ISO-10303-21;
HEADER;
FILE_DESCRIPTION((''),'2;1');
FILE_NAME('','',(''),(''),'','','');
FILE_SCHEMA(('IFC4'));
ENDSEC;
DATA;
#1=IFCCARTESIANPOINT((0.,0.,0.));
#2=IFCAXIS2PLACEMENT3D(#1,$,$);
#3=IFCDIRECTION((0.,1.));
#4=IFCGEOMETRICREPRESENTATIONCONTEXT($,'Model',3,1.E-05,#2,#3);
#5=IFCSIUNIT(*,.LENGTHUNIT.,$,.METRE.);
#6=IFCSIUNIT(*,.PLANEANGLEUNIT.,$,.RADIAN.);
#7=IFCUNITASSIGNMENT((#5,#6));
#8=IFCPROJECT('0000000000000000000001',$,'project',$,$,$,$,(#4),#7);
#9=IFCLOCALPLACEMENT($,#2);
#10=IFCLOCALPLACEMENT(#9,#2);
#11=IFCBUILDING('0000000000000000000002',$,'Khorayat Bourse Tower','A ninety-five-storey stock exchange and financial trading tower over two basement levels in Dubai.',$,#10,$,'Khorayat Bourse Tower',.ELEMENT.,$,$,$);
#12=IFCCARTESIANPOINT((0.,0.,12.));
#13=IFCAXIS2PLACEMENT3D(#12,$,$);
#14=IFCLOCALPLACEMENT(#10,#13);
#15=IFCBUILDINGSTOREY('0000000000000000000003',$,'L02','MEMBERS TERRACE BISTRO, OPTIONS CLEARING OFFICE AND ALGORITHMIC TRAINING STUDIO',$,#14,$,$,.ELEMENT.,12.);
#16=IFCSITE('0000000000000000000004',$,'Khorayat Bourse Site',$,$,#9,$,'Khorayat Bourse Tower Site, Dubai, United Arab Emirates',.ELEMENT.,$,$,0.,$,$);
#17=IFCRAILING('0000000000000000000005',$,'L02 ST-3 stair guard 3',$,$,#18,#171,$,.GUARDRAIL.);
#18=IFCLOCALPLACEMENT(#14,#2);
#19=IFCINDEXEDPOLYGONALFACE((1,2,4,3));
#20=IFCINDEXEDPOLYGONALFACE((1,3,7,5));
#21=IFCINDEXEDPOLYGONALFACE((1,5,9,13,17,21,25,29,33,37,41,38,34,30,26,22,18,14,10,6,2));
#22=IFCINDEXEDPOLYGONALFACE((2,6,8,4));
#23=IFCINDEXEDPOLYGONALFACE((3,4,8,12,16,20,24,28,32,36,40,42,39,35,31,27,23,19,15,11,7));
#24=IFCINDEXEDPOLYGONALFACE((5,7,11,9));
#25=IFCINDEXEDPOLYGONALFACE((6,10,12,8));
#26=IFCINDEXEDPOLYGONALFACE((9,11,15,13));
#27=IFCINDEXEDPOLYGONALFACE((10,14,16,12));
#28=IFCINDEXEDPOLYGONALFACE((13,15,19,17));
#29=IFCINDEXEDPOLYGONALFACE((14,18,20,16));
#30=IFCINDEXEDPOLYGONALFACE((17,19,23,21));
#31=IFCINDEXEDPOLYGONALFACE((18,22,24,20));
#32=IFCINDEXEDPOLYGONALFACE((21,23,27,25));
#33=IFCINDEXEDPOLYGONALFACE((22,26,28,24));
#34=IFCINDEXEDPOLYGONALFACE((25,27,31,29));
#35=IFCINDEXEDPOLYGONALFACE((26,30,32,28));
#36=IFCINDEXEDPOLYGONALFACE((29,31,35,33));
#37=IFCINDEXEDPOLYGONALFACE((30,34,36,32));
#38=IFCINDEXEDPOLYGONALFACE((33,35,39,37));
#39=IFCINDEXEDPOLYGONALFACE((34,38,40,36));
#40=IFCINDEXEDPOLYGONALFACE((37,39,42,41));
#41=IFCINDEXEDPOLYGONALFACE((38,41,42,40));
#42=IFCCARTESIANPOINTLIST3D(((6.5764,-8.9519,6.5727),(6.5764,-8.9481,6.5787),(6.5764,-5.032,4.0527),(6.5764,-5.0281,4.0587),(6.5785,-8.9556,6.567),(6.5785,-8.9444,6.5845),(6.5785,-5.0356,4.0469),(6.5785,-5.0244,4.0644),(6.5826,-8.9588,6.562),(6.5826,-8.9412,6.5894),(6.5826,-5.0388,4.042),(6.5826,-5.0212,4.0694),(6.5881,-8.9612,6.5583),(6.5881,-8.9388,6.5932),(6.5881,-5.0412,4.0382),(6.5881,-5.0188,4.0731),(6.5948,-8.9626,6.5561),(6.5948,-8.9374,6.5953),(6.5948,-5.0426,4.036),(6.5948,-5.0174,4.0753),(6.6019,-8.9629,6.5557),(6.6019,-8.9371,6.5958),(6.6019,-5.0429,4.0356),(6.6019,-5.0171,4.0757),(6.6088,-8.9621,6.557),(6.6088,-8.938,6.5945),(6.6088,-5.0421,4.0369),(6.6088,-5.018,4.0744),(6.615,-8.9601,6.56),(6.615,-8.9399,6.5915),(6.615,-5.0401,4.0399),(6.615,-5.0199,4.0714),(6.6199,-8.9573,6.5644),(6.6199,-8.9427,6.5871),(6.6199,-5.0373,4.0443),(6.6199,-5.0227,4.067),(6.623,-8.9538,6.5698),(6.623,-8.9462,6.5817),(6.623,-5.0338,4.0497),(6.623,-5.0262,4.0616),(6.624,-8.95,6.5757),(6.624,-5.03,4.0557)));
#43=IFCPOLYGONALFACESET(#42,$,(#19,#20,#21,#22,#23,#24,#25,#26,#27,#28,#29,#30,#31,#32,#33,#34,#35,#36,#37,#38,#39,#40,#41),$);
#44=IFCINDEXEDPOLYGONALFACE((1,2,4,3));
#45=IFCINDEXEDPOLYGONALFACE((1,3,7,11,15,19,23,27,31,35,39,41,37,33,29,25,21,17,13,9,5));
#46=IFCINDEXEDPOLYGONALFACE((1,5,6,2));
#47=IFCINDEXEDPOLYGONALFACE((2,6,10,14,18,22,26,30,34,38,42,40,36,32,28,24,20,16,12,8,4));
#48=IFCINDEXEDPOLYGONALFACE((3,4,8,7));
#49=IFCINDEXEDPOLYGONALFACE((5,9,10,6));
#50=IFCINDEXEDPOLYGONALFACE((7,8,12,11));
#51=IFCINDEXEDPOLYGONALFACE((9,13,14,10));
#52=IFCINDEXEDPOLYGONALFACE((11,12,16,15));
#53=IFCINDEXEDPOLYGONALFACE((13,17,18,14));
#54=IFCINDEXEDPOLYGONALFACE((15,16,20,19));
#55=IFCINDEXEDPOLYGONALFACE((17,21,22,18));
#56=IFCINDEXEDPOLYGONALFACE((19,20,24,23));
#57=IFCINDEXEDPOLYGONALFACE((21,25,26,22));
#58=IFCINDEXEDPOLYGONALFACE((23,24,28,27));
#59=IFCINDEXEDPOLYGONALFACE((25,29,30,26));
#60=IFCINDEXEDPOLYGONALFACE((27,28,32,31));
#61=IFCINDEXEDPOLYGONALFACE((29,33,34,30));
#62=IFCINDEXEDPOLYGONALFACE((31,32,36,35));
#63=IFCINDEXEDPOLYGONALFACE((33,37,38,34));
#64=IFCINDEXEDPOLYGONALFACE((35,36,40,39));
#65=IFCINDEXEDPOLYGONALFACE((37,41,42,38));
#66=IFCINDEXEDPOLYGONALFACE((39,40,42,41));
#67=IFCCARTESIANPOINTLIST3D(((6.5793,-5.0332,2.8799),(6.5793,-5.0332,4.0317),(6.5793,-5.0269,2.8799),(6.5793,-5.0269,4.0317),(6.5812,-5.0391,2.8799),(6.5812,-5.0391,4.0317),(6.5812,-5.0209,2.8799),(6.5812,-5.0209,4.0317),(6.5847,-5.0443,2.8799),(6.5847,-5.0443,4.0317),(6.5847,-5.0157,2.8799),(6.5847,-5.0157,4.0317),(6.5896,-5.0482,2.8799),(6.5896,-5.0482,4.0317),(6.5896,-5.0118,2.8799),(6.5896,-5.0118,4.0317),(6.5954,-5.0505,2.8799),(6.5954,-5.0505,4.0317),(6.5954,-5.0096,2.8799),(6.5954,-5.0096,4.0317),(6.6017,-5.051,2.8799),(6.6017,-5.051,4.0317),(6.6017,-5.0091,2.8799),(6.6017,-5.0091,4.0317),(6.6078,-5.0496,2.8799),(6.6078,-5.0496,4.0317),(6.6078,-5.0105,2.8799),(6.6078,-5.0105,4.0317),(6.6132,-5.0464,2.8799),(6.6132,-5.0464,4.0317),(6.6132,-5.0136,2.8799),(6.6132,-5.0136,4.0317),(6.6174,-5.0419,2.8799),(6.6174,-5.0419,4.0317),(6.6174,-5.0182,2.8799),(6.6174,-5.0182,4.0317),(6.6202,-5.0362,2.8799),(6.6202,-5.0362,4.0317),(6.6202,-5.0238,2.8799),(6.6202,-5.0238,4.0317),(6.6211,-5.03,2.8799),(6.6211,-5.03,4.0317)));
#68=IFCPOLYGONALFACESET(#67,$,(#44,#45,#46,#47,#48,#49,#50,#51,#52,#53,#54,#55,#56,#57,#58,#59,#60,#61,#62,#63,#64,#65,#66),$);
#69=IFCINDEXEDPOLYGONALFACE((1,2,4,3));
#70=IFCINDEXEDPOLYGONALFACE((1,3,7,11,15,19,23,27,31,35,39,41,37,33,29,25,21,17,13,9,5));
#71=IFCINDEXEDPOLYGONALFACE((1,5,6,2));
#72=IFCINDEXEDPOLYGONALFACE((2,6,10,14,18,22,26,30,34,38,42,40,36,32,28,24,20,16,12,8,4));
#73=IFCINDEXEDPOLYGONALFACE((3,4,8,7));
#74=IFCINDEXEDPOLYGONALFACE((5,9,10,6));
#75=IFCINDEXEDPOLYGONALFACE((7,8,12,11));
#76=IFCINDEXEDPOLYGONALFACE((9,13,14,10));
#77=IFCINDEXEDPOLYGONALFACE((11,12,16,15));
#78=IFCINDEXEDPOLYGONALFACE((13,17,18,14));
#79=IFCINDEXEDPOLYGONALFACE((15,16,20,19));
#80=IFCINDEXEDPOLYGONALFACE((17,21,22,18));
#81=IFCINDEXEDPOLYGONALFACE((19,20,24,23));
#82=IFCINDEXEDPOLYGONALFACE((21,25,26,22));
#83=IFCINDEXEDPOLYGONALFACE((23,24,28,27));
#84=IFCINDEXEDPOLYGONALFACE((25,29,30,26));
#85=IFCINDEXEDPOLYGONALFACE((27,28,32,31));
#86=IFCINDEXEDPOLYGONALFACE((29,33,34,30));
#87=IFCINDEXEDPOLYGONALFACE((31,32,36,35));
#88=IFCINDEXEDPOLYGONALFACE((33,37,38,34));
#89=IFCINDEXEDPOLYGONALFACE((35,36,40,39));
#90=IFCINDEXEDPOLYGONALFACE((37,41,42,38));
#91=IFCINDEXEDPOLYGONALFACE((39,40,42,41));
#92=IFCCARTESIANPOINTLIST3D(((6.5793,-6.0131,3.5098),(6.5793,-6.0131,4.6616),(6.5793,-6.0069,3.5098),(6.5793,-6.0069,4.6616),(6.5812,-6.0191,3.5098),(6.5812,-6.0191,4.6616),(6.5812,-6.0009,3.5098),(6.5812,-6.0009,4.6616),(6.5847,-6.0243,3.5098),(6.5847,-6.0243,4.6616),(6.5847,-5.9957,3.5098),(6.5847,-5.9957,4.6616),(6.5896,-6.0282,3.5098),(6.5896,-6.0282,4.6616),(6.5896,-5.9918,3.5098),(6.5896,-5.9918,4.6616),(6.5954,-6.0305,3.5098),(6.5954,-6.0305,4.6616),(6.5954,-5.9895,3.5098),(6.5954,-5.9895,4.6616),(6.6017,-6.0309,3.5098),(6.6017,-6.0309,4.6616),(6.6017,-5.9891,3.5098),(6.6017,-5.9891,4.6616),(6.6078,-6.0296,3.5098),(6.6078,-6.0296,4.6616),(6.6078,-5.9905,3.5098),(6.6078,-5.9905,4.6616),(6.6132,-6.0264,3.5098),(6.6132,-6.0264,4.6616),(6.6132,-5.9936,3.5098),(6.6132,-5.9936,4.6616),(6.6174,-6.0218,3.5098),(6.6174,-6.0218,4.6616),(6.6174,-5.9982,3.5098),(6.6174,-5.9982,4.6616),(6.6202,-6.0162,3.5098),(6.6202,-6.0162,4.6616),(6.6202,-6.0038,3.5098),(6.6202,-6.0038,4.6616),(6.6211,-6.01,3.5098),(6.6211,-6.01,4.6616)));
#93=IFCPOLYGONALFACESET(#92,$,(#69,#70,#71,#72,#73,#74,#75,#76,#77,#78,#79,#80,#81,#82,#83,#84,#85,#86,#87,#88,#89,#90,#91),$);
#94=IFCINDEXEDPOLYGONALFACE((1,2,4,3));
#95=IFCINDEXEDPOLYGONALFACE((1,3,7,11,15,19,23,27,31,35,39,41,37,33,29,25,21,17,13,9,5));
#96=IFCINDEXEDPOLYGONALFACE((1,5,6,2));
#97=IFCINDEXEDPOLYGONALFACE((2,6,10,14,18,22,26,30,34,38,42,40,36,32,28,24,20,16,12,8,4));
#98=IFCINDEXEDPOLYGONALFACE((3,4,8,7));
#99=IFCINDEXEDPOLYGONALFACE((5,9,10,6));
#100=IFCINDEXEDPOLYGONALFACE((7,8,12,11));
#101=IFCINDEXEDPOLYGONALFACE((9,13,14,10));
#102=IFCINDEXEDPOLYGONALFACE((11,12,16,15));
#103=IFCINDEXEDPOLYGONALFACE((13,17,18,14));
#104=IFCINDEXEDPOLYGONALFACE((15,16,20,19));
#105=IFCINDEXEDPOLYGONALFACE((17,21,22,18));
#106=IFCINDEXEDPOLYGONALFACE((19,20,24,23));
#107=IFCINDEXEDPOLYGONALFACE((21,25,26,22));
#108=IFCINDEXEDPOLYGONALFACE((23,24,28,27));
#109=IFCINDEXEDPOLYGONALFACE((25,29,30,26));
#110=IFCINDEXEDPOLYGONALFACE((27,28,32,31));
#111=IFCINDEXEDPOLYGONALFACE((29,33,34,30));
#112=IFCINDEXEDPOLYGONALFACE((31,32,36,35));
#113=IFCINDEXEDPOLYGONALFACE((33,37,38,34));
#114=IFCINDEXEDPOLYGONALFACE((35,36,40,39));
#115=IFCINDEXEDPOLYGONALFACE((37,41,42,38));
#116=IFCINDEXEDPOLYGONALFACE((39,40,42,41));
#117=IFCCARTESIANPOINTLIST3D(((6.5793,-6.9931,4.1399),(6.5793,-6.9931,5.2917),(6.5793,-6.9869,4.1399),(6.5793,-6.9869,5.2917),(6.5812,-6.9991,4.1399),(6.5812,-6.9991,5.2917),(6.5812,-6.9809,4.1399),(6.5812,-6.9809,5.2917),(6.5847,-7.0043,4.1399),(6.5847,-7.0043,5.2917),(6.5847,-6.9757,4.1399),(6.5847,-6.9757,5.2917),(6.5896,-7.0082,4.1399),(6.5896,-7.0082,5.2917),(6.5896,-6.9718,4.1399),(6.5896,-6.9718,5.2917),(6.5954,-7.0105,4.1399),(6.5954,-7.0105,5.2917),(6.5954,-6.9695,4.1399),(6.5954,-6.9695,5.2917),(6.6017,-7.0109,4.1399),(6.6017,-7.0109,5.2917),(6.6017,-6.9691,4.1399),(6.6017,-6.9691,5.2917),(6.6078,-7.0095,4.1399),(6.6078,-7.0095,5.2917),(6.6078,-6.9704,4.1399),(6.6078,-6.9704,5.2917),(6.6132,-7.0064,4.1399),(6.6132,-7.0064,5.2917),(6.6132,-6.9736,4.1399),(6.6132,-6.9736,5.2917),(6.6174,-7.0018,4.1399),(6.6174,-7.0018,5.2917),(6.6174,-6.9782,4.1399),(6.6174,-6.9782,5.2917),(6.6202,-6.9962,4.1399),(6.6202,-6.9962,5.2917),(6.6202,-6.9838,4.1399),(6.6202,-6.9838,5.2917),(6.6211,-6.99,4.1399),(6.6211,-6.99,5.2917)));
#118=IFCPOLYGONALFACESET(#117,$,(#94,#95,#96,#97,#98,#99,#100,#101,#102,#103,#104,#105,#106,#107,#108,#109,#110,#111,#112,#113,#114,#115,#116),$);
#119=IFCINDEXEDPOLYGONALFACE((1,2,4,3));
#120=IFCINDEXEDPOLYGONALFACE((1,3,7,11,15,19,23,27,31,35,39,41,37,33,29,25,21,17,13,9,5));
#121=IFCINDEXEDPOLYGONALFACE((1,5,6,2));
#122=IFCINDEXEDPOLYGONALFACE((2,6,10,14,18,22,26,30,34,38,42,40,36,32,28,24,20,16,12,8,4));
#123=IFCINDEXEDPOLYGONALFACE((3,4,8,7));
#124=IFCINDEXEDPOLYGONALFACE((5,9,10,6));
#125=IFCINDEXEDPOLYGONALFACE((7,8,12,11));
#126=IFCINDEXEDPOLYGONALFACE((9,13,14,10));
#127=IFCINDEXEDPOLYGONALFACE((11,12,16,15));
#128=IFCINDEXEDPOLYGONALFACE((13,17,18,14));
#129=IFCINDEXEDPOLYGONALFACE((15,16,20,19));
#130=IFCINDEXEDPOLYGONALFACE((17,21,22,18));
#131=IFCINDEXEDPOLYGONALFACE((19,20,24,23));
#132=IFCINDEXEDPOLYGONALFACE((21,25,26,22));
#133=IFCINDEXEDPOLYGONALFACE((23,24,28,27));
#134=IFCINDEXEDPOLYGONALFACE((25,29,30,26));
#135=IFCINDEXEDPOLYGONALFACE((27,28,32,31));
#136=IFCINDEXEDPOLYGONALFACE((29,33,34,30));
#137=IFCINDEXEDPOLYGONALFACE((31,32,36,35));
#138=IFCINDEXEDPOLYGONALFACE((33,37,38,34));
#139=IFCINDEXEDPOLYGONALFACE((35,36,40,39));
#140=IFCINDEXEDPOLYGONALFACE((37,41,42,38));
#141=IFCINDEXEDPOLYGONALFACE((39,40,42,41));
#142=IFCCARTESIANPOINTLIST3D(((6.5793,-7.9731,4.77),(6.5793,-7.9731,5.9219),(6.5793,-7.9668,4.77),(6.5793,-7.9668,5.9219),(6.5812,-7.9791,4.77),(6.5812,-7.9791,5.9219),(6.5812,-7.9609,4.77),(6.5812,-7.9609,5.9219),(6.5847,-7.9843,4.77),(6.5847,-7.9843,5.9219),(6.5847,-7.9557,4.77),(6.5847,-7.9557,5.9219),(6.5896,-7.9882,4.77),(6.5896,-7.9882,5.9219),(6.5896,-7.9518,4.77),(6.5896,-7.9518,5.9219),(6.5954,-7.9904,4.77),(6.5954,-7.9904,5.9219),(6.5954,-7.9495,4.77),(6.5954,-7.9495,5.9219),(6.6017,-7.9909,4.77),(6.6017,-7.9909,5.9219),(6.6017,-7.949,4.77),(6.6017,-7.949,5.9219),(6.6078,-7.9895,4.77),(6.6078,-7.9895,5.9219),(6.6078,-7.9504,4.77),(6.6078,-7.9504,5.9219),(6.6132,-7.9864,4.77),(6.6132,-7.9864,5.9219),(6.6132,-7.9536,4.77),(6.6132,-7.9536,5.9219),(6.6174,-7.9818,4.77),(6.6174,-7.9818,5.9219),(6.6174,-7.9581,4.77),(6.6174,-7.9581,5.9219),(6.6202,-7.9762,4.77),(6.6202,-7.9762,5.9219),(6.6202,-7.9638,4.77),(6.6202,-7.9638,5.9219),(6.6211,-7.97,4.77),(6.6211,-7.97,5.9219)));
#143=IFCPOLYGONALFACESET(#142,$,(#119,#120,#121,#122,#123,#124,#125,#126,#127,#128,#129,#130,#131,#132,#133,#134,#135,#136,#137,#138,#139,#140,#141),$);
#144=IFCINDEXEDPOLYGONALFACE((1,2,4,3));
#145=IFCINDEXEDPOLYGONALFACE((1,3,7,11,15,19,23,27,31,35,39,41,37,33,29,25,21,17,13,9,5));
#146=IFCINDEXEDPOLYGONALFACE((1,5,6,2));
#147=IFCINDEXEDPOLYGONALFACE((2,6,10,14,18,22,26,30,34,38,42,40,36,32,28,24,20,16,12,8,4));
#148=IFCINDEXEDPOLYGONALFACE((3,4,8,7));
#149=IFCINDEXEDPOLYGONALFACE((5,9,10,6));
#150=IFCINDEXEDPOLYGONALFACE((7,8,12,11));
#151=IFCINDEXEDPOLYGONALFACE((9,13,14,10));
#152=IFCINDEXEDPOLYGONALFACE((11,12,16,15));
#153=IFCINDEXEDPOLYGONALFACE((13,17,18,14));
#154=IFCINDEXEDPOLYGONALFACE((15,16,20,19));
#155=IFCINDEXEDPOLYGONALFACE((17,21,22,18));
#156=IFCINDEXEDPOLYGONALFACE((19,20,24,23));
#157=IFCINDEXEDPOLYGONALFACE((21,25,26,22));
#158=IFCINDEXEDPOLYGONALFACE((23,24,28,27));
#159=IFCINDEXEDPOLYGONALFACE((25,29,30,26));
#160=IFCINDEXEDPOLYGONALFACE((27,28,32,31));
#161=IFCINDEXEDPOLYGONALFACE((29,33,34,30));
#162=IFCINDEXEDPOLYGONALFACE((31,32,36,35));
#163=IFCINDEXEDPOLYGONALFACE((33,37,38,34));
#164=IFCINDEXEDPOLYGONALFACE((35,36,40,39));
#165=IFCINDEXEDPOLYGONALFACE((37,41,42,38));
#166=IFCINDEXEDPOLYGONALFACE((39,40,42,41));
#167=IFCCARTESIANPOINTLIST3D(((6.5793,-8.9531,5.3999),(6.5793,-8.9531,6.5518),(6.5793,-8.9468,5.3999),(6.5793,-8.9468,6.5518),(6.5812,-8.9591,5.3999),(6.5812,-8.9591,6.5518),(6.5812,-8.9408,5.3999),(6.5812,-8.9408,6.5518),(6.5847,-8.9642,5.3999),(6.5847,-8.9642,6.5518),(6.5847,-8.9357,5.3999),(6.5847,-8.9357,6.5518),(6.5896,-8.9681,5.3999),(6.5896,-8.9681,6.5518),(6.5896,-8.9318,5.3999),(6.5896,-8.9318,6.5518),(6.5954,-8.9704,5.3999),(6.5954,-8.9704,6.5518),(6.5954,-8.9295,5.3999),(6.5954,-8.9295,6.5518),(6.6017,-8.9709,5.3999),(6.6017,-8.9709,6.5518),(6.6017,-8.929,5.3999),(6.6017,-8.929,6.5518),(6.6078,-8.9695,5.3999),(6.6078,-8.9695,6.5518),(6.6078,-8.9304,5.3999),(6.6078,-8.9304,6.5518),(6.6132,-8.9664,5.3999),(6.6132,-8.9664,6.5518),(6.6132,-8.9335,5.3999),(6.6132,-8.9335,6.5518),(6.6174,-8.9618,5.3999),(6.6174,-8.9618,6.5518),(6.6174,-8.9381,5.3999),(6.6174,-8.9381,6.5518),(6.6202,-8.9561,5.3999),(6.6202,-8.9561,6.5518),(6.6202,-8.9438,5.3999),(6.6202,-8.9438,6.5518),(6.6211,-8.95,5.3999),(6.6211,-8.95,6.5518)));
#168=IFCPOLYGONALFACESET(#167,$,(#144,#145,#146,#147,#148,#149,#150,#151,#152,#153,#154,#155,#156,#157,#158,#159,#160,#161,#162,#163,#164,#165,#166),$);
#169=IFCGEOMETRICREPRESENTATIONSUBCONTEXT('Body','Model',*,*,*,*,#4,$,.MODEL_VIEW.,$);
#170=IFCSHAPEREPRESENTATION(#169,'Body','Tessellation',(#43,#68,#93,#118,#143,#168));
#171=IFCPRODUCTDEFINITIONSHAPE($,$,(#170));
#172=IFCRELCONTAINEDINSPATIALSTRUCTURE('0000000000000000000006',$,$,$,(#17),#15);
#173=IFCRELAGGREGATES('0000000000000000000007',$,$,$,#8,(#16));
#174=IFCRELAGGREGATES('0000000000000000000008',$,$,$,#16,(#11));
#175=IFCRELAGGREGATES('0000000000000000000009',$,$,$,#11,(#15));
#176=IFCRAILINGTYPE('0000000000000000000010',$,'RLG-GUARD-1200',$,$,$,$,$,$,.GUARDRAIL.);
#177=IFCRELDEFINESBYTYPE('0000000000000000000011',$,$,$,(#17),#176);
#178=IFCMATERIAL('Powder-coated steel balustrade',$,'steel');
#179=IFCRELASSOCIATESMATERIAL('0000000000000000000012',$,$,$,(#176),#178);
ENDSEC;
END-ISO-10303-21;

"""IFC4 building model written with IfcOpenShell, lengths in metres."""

from ifc_helpers import new_model, si_unit, direction, frame, origin, origin_2d, place, context, subcontext, project, spatial, circle, extrude, source, transform, mapped, material, type_object, element, save


model = new_model("IFC4")

# Units and contexts
model_context = context("Model", 3, precision=1e-05, world=origin(), true_north=direction((0.0, 1.0)))
body_context = subcontext(model_context, "Body", "Model", "MODEL_VIEW")
ifc_project = project(units=[si_unit("LENGTHUNIT", "METRE"), si_unit("PLANEANGLEUNIT", "RADIAN")], contexts=[model_context])

# Site, building, storey
site_placement = place(None, origin())
site = spatial("IfcSite", under=ifc_project, at=site_placement, Name="Khorayat Bourse Site", LongName="Khorayat Bourse Tower Site, Dubai, United Arab Emirates", CompositionType="ELEMENT", RefElevation=0.0)
building_placement = place(site_placement, origin())
building = spatial("IfcBuilding", under=site, at=building_placement, Name="Khorayat Bourse Tower", Description="A ninety-five-storey stock exchange and financial trading tower over two basement levels in Dubai.", LongName="Khorayat Bourse Tower", CompositionType="ELEMENT")
storey_placement = place(building_placement, frame((0.0, 0.0, 12.0)))
storey = spatial("IfcBuildingStorey", under=building, at=storey_placement, Name="L02", Description="MEMBERS TERRACE BISTRO, OPTIONS CLEARING OFFICE AND ALGORITHMIC TRAINING STUDIO", CompositionType="ELEMENT", Elevation=12.0)

# Railing
ifc_material_1 = material(Name="Powder-coated steel balustrade", Category="steel")
railing_type_1 = type_object("IfcRailingType", Name="RLG-GUARD-1200", PredefinedType="GUARDRAIL", material=ifc_material_1)
shared_shape_1 = source(origin(), body_context, "Body", "SweptSolid", [
    extrude(circle(Radius=0.0239, at=origin_2d()), frame((0.0, 0.0, 1.1758), z_axis=(0.0, -0.841172, 0.540768), x_axis=(1.0, 0.0, 0.0)), (0.0, 0.0, 1.0), 4.6602),
    extrude(circle(Radius=0.021, at=origin_2d()), origin(), (0.0, 0.0, 1.0), 1.1519),
    extrude(circle(Radius=0.021, at=origin_2d()), frame((0.0, -0.98, 0.6299)), (0.0, 0.0, 1.0), 1.1519),
    extrude(circle(Radius=0.021, at=origin_2d()), frame((0.0, -1.96, 1.26)), (0.0, 0.0, 1.0), 1.1519),
    extrude(circle(Radius=0.021, at=origin_2d()), frame((0.0, -2.9399, 1.8901)), (0.0, 0.0, 1.0), 1.1519),
    extrude(circle(Radius=0.021, at=origin_2d()), frame((0.0, -3.9199, 2.52)), (0.0, 0.0, 1.0), 1.1519),
])
railing_1_placement = place(storey_placement, frame((6.6001, -5.03, 2.8799)))
element("IfcRailing", 1, at=railing_1_placement, inside=storey, type_object=railing_type_1, Name="L02 ST-3 stair guard 3", PredefinedType="GUARDRAIL", context=body_context, shape_type="MappedRepresentation", body=[
    mapped(shared_shape_1, transform((0.0, 0.0, 0.0), scale=1.0)),
])

save(model, "model.ifc")
